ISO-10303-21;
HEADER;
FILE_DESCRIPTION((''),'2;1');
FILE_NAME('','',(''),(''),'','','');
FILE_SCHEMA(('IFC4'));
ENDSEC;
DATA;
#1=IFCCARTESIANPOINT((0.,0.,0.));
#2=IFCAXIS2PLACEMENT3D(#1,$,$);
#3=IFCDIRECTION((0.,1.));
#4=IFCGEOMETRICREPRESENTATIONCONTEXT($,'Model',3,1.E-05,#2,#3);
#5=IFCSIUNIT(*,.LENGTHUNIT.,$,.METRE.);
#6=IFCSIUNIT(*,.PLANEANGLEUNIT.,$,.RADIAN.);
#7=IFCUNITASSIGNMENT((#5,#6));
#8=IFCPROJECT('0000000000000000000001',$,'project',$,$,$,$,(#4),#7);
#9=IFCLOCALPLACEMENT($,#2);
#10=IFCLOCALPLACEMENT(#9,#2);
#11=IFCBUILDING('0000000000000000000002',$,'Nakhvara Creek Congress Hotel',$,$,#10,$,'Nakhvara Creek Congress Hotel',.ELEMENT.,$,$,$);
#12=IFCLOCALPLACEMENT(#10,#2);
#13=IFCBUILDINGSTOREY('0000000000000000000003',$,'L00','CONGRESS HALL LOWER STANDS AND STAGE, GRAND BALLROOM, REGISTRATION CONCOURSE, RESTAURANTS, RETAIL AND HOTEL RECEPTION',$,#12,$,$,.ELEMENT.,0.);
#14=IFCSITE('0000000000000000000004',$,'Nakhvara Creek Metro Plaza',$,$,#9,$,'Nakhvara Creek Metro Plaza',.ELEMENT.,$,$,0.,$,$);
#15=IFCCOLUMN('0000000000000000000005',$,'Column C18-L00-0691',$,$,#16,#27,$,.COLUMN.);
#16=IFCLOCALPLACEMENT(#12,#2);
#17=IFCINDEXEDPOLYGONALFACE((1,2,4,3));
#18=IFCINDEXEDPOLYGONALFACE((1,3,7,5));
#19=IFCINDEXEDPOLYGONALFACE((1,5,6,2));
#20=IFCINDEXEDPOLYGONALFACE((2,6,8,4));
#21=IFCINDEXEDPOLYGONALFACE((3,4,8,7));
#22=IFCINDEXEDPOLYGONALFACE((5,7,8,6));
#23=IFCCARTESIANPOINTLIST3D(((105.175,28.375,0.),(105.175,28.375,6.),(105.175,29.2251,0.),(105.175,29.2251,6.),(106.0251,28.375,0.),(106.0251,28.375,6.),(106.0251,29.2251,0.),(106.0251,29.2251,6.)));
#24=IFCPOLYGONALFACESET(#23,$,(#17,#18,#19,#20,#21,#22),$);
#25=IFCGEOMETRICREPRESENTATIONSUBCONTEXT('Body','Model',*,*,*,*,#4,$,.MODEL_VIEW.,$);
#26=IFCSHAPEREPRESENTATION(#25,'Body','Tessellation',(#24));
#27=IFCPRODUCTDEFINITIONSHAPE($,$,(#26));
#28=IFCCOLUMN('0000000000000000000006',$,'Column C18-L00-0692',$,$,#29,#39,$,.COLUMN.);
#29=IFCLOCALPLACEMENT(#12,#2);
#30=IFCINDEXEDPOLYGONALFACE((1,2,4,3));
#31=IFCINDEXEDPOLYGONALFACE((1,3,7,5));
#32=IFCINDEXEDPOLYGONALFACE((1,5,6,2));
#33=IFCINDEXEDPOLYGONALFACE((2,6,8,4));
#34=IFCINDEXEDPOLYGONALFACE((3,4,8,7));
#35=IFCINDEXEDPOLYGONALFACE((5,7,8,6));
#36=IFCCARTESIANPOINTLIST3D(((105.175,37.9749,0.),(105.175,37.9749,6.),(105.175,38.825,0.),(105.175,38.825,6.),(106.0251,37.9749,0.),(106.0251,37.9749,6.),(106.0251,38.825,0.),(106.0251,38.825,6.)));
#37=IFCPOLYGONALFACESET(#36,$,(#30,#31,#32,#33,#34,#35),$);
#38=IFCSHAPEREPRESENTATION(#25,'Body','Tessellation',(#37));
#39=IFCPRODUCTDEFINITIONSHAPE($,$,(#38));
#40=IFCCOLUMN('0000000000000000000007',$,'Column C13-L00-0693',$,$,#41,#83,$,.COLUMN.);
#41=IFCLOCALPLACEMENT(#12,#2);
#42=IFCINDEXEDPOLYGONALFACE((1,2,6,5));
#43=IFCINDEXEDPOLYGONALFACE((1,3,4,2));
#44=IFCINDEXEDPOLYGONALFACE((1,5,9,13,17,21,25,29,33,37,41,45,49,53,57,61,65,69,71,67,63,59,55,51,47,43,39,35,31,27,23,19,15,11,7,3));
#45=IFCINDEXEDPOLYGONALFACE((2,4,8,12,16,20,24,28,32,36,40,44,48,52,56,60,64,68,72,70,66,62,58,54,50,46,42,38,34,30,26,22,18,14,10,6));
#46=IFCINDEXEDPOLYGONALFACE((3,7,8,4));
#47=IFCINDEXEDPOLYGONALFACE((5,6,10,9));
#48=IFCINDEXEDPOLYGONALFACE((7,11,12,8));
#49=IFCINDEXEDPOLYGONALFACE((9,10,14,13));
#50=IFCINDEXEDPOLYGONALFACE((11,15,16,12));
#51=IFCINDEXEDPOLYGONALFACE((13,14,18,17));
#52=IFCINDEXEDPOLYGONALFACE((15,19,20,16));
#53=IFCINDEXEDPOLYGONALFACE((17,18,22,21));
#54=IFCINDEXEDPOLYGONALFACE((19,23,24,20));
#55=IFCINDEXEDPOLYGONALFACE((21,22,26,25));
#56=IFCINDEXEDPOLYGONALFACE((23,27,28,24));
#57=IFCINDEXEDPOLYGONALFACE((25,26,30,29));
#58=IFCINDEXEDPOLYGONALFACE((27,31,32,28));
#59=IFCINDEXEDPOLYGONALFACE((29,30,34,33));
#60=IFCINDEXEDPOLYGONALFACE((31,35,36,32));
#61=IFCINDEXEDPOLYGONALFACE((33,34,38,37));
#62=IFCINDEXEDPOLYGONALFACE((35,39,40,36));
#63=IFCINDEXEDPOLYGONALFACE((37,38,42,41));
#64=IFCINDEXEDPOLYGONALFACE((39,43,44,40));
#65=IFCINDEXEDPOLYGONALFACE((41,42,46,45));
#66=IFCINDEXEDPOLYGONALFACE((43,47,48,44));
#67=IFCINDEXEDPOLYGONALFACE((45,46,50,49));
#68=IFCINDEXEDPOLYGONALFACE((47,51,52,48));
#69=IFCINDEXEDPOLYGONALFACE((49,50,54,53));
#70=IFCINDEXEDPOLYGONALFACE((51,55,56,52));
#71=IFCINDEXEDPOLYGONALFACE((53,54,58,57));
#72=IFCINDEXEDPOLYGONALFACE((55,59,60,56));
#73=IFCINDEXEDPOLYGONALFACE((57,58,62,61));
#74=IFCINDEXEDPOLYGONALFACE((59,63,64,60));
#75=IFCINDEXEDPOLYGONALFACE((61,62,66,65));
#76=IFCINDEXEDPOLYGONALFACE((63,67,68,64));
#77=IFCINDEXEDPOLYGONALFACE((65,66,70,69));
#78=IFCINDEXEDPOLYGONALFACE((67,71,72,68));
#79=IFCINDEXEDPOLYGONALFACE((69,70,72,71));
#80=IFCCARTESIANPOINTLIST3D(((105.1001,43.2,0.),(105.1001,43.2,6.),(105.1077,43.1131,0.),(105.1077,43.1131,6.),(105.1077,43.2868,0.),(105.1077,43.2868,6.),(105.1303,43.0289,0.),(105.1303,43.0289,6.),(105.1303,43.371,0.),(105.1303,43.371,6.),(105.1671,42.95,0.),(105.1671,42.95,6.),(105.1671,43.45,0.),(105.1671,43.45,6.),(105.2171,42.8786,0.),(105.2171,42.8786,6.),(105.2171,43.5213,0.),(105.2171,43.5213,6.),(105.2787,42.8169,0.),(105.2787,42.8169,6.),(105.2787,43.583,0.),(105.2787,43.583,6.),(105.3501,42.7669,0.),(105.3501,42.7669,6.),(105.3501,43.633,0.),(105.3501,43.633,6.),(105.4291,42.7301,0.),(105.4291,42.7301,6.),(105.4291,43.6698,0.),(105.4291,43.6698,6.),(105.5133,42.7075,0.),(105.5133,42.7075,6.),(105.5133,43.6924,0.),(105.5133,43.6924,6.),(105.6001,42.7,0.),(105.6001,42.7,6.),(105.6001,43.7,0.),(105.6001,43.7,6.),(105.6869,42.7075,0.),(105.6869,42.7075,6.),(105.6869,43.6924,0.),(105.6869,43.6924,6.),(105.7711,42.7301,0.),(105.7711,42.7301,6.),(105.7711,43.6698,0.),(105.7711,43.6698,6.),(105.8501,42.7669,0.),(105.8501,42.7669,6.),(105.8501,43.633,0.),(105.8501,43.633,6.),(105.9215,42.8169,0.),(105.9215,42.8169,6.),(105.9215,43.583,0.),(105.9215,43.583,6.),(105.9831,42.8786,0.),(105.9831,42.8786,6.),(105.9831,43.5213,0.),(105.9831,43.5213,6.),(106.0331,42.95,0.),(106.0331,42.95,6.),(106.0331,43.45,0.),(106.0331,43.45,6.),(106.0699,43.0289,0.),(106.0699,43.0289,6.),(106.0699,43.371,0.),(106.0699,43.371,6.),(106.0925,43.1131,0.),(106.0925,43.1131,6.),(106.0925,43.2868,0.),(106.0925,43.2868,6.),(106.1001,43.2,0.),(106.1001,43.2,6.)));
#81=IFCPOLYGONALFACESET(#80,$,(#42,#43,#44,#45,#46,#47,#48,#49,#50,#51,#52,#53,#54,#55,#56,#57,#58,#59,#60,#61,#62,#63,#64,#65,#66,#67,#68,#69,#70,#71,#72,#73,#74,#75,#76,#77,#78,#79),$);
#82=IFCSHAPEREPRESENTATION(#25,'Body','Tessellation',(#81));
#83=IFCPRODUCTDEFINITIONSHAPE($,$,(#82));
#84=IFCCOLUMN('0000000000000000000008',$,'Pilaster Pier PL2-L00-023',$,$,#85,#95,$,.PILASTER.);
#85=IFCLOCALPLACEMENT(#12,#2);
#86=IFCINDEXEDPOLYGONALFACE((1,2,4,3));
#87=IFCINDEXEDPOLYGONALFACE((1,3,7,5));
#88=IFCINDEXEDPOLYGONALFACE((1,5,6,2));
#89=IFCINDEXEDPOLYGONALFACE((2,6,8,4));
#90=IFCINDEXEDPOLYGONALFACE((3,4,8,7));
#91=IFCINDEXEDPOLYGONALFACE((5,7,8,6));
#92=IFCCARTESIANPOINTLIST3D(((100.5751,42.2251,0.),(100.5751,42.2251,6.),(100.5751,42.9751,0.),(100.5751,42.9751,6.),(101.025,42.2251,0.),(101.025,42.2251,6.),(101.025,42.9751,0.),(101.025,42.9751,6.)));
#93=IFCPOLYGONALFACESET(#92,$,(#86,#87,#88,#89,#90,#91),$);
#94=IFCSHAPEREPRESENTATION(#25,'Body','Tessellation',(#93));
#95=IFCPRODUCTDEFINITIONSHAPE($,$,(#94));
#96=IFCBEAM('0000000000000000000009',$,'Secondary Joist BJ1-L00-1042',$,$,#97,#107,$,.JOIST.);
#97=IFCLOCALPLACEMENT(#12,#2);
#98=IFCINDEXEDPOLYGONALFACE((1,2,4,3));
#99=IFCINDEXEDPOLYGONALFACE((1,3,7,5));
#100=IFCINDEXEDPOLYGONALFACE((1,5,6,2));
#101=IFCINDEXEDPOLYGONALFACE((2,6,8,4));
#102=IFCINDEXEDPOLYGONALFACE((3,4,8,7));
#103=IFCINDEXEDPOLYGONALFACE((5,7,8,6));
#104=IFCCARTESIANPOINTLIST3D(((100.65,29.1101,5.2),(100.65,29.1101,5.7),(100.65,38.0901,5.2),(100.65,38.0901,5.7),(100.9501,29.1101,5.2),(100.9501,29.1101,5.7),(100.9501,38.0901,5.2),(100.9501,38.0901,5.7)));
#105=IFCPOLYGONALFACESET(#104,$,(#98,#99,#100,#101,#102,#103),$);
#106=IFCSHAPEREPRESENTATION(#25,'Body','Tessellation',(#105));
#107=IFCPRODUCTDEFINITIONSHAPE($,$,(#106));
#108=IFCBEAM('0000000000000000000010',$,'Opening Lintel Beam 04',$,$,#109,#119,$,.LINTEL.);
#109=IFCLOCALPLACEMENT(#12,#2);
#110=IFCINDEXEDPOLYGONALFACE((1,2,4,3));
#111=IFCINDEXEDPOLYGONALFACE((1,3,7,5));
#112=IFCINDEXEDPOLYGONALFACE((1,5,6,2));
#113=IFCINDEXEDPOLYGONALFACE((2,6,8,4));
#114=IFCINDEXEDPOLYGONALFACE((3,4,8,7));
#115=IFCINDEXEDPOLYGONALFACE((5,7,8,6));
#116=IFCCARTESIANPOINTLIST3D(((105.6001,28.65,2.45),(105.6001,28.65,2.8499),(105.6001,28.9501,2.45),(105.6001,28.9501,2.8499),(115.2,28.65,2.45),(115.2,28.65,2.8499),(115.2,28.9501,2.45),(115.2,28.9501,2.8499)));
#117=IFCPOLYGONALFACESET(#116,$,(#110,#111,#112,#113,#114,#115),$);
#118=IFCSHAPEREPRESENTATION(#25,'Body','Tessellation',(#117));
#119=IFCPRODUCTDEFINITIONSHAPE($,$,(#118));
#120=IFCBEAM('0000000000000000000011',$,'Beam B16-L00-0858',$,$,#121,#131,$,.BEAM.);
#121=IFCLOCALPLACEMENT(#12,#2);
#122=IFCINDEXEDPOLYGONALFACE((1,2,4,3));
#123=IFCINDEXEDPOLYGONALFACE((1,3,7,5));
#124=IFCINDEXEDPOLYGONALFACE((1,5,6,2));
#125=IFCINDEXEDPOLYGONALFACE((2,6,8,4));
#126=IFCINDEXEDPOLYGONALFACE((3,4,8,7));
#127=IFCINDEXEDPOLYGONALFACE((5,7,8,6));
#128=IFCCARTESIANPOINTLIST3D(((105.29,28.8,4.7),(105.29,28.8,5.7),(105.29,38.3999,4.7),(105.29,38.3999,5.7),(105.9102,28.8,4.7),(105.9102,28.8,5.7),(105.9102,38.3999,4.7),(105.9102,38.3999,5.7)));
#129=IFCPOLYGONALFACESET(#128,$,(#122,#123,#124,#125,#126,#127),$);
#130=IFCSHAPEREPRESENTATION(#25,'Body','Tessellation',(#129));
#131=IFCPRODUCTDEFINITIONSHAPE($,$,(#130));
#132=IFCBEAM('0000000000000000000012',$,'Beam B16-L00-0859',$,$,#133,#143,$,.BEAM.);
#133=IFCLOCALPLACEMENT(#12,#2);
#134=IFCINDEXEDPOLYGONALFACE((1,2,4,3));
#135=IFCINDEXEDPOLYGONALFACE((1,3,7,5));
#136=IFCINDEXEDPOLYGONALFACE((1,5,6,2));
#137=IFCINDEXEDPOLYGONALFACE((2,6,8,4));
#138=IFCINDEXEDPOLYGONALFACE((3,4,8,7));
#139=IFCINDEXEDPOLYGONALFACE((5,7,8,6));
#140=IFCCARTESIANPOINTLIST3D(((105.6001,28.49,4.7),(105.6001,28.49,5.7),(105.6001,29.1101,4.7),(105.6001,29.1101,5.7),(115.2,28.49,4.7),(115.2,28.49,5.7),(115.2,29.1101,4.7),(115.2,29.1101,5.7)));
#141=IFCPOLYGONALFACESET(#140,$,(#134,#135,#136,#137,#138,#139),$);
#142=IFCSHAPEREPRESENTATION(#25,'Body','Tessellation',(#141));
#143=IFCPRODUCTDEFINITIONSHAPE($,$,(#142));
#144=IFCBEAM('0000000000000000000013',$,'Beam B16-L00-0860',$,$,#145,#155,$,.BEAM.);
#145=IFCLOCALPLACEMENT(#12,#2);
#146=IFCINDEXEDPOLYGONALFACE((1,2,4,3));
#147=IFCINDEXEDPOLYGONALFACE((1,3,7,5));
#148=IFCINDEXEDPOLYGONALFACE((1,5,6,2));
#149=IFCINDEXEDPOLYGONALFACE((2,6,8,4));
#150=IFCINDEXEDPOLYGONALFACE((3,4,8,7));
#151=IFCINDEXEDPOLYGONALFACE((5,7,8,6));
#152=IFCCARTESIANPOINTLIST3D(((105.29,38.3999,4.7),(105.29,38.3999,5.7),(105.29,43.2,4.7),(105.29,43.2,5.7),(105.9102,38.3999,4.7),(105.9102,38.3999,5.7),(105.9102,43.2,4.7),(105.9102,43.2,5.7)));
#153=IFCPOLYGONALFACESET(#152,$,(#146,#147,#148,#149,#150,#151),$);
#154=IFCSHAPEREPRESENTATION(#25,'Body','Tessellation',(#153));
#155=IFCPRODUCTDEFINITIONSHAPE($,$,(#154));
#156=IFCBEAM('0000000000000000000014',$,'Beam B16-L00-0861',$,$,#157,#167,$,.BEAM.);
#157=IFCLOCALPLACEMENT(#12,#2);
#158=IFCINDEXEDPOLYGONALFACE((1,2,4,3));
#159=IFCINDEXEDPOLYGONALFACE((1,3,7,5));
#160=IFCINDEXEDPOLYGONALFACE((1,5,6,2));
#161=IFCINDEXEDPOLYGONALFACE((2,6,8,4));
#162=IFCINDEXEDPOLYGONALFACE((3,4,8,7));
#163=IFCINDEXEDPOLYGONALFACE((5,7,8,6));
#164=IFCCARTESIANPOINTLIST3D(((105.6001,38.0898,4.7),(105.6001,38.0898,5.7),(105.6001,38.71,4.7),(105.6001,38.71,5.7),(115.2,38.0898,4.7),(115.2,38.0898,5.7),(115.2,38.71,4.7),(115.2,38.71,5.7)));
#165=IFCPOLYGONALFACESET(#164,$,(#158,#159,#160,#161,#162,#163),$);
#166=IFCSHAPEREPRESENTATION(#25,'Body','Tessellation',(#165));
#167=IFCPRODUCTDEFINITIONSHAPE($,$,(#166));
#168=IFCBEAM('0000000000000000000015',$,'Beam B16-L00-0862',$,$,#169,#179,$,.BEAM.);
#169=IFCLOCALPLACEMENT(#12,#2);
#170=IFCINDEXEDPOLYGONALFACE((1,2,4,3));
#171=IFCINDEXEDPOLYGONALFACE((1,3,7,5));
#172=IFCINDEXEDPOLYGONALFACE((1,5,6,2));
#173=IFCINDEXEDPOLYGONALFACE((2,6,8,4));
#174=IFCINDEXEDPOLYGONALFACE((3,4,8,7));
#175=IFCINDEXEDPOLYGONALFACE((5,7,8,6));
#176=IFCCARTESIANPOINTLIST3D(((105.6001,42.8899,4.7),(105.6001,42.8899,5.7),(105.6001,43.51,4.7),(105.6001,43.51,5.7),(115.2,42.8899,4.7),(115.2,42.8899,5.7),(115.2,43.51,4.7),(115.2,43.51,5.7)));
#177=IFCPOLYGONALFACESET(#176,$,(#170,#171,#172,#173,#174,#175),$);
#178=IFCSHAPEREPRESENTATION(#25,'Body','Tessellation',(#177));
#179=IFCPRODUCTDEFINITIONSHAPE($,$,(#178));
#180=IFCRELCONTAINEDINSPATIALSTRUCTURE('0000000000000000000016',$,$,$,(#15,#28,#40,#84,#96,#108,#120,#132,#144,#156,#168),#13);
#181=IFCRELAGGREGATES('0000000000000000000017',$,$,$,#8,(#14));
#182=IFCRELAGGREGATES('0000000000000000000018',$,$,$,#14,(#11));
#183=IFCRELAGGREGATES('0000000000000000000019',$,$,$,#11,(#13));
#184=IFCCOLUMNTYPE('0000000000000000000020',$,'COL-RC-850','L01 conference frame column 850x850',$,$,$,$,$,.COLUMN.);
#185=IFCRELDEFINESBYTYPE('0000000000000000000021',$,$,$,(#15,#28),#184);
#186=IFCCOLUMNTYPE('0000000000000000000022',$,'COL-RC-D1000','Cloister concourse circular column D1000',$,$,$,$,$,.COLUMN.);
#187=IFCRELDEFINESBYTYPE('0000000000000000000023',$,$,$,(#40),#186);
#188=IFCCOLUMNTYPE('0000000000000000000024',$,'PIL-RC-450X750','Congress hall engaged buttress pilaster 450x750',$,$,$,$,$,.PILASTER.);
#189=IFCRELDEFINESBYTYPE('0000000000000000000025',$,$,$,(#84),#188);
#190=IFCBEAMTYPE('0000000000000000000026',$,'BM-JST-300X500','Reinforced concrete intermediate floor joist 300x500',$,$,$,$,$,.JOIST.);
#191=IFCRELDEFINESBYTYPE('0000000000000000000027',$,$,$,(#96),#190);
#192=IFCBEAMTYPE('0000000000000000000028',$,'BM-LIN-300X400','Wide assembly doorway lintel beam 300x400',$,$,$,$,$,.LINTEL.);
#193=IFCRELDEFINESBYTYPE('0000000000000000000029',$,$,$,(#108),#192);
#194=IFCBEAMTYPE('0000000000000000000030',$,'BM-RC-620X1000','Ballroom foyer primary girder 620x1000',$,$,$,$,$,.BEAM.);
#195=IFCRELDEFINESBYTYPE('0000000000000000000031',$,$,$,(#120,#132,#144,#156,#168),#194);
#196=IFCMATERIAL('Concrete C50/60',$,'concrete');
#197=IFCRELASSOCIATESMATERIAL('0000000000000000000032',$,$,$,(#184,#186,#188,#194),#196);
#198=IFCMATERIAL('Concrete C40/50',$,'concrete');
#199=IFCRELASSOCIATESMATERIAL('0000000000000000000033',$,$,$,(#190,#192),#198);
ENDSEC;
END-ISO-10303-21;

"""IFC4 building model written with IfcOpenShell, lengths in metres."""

from ifc_helpers import new_model, si_unit, direction, frame, origin, origin_2d, place, context, subcontext, project, spatial, rectangle, circle, extrude, material, material_profile, profile_set, type_object, element, save


model = new_model("IFC4")

# Units and contexts
model_context = context("Model", 3, precision=1e-05, world=origin(), true_north=direction((0.0, 1.0)))
body_context = subcontext(model_context, "Body", "Model", "MODEL_VIEW")
ifc_project = project(units=[si_unit("LENGTHUNIT", "METRE"), si_unit("PLANEANGLEUNIT", "RADIAN")], contexts=[model_context])

# Site, building, storey
site_placement = place(None, origin())
site = spatial("IfcSite", under=ifc_project, at=site_placement, Name="Nakhvara Creek Metro Plaza", LongName="Nakhvara Creek Metro Plaza", CompositionType="ELEMENT", RefElevation=0.0)
building_placement = place(site_placement, origin())
building = spatial("IfcBuilding", under=site, at=building_placement, Name="Nakhvara Creek Congress Hotel", LongName="Nakhvara Creek Congress Hotel", CompositionType="ELEMENT")
storey_placement = place(building_placement, origin())
storey = spatial("IfcBuildingStorey", under=building, at=storey_placement, Name="L00", Description="CONGRESS HALL LOWER STANDS AND STAGE, GRAND BALLROOM, REGISTRATION CONCOURSE, RESTAURANTS, RETAIL AND HOTEL RECEPTION", CompositionType="ELEMENT", Elevation=0.0)

# Columns
ifc_material_1 = material(Name="Concrete C50/60", Category="concrete")
ifc_material_profile_1 = material_profile(ifc_material_1, rectangle(XDim=0.8501, YDim=0.8501, at=origin_2d()), Name="RC-COL 850x850", Category="LoadBearing")
ifc_profile_set_1 = profile_set([ifc_material_profile_1], Name="Concrete C50/60")
column_type_1 = type_object("IfcColumnType", Name="COL-RC-850", Description="L01 conference frame column 850x850", PredefinedType="COLUMN", material=ifc_profile_set_1)
for number, where, z_axis, x_axis, name in (
    (1, (105.6001, 28.8, 0.0), (0.0, 0.0, 1.0), (1.0, 0.0, 0.0), "Column C18-L00-0691"),
    (2, (105.6001, 38.3999, 0.0), (0.0, 0.0, 1.0), (1.0, 0.0, 0.0), "Column C18-L00-0692"),
):
    element("IfcColumn", number, at=place(storey_placement, frame(where, z_axis=z_axis, x_axis=x_axis)), inside=storey, type_object=column_type_1, Name=name, PredefinedType="COLUMN", context=body_context, shape_type="SweptSolid", body=[
        extrude(rectangle(XDim=0.8501, YDim=0.8501, at=origin_2d()), origin(), (0.0, 0.0, 1.0), 6.0),
    ])
ifc_material_profile_2 = material_profile(ifc_material_1, circle(Radius=0.5, at=origin_2d()), Name="RC-COL D1000", Category="LoadBearing")
ifc_profile_set_2 = profile_set([ifc_material_profile_2], Name="Concrete C50/60")
column_type_2 = type_object("IfcColumnType", Name="COL-RC-D1000", Description="Cloister concourse circular column D1000", PredefinedType="COLUMN", material=ifc_profile_set_2)
column_1_placement = place(storey_placement, frame((105.6001, 43.2, 0.0), z_axis=(0.0, 0.0, 1.0), x_axis=(1.0, 0.0, 0.0)))
element("IfcColumn", 3, at=column_1_placement, inside=storey, type_object=column_type_2, Name="Column C13-L00-0693", PredefinedType="COLUMN", context=body_context, shape_type="SweptSolid", body=[
    extrude(circle(Radius=0.5, at=origin_2d()), origin(), (0.0, 0.0, 1.0), 6.0),
])
ifc_material_profile_3 = material_profile(ifc_material_1, rectangle(XDim=0.45, YDim=0.75, at=origin_2d()), Name="RC-PIL 450x750", Category="LoadBearing")
ifc_profile_set_3 = profile_set([ifc_material_profile_3], Name="Concrete C50/60")
column_type_3 = type_object("IfcColumnType", Name="PIL-RC-450X750", Description="Congress hall engaged buttress pilaster 450x750", PredefinedType="PILASTER", material=ifc_profile_set_3)
column_2_placement = place(storey_placement, frame((100.8, 42.6001, 0.0), z_axis=(0.0, 0.0, 1.0), x_axis=(1.0, 0.0, 0.0)))
element("IfcColumn", 4, at=column_2_placement, inside=storey, type_object=column_type_3, Name="Pilaster Pier PL2-L00-023", PredefinedType="PILASTER", context=body_context, shape_type="SweptSolid", body=[
    extrude(rectangle(XDim=0.45, YDim=0.75, at=origin_2d()), origin(), (0.0, 0.0, 1.0), 6.0),
])

# Beams
ifc_material_2 = material(Name="Concrete C40/50", Category="concrete")
ifc_material_profile_4 = material_profile(ifc_material_2, rectangle(XDim=0.3, YDim=0.5, at=origin_2d()), Name="RC-BM 300x500", Category="LoadBearing")
ifc_profile_set_4 = profile_set([ifc_material_profile_4], Name="Concrete C40/50")
beam_type_1 = type_object("IfcBeamType", Name="BM-JST-300X500", Description="Reinforced concrete intermediate floor joist 300x500", PredefinedType="JOIST", material=ifc_profile_set_4)
beam_1_placement = place(storey_placement, frame((100.8, 29.1101, 5.45), z_axis=(0.0, 1.0, 0.0), x_axis=(-1.0, 0.0, 0.0)))
element("IfcBeam", 5, at=beam_1_placement, inside=storey, type_object=beam_type_1, Name="Secondary Joist BJ1-L00-1042", PredefinedType="JOIST", context=body_context, shape_type="SweptSolid", body=[
    extrude(rectangle(XDim=0.3, YDim=0.5, at=origin_2d()), origin(), (0.0, 0.0, 1.0), 8.98),
])
ifc_material_profile_5 = material_profile(ifc_material_2, rectangle(XDim=0.3, YDim=0.3999, at=origin_2d()), Name="RC-LINTEL 300x400", Category="LoadBearing")
ifc_profile_set_5 = profile_set([ifc_material_profile_5], Name="Concrete C40/50")
beam_type_2 = type_object("IfcBeamType", Name="BM-LIN-300X400", Description="Wide assembly doorway lintel beam 300x400", PredefinedType="LINTEL", material=ifc_profile_set_5)
beam_2_placement = place(storey_placement, frame((105.6001, 28.8, 2.6499), z_axis=(1.0, 0.0, 0.0), x_axis=(0.0, 1.0, 0.0)))
element("IfcBeam", 6, at=beam_2_placement, inside=storey, type_object=beam_type_2, Name="Opening Lintel Beam 04", PredefinedType="LINTEL", context=body_context, shape_type="SweptSolid", body=[
    extrude(rectangle(XDim=0.3, YDim=0.3999, at=origin_2d()), origin(), (0.0, 0.0, 1.0), 9.5999),
])
ifc_material_profile_6 = material_profile(ifc_material_1, rectangle(XDim=0.6201, YDim=1.0, at=origin_2d()), Name="RC-BM 620x1000", Category="LoadBearing")
ifc_profile_set_6 = profile_set([ifc_material_profile_6], Name="Concrete C50/60")
beam_type_3 = type_object("IfcBeamType", Name="BM-RC-620X1000", Description="Ballroom foyer primary girder 620x1000", PredefinedType="BEAM", material=ifc_profile_set_6)
for number, where, z_axis, x_axis, name in (
    (7, (105.6001, 28.8, 5.2), (0.0, 1.0, 0.0), (-1.0, 0.0, 0.0), "Beam B16-L00-0858"),
    (8, (105.6001, 28.8, 5.2), (1.0, 0.0, 0.0), (0.0, 1.0, 0.0), "Beam B16-L00-0859"),
):
    element("IfcBeam", number, at=place(storey_placement, frame(where, z_axis=z_axis, x_axis=x_axis)), inside=storey, type_object=beam_type_3, Name=name, PredefinedType="BEAM", context=body_context, shape_type="SweptSolid", body=[
        extrude(rectangle(XDim=0.6201, YDim=1.0, at=origin_2d()), origin(), (0.0, 0.0, 1.0), 9.5999),
    ])
beam_3_placement = place(storey_placement, frame((105.6001, 38.3999, 5.2), z_axis=(0.0, 1.0, 0.0), x_axis=(-1.0, 0.0, 0.0)))
element("IfcBeam", 9, at=beam_3_placement, inside=storey, type_object=beam_type_3, Name="Beam B16-L00-0860", PredefinedType="BEAM", context=body_context, shape_type="SweptSolid", body=[
    extrude(rectangle(XDim=0.6201, YDim=1.0, at=origin_2d()), origin(), (0.0, 0.0, 1.0), 4.8),
])
for number, where, z_axis, x_axis, name in (
    (10, (105.6001, 38.3999, 5.2), (1.0, 0.0, 0.0), (0.0, 1.0, 0.0), "Beam B16-L00-0861"),
    (11, (105.6001, 43.2, 5.2), (1.0, 0.0, 0.0), (0.0, 1.0, 0.0), "Beam B16-L00-0862"),
):
    element("IfcBeam", number, at=place(storey_placement, frame(where, z_axis=z_axis, x_axis=x_axis)), inside=storey, type_object=beam_type_3, Name=name, PredefinedType="BEAM", context=body_context, shape_type="SweptSolid", body=[
        extrude(rectangle(XDim=0.6201, YDim=1.0, at=origin_2d()), origin(), (0.0, 0.0, 1.0), 9.5999),
    ])

save(model, "model.ifc")
